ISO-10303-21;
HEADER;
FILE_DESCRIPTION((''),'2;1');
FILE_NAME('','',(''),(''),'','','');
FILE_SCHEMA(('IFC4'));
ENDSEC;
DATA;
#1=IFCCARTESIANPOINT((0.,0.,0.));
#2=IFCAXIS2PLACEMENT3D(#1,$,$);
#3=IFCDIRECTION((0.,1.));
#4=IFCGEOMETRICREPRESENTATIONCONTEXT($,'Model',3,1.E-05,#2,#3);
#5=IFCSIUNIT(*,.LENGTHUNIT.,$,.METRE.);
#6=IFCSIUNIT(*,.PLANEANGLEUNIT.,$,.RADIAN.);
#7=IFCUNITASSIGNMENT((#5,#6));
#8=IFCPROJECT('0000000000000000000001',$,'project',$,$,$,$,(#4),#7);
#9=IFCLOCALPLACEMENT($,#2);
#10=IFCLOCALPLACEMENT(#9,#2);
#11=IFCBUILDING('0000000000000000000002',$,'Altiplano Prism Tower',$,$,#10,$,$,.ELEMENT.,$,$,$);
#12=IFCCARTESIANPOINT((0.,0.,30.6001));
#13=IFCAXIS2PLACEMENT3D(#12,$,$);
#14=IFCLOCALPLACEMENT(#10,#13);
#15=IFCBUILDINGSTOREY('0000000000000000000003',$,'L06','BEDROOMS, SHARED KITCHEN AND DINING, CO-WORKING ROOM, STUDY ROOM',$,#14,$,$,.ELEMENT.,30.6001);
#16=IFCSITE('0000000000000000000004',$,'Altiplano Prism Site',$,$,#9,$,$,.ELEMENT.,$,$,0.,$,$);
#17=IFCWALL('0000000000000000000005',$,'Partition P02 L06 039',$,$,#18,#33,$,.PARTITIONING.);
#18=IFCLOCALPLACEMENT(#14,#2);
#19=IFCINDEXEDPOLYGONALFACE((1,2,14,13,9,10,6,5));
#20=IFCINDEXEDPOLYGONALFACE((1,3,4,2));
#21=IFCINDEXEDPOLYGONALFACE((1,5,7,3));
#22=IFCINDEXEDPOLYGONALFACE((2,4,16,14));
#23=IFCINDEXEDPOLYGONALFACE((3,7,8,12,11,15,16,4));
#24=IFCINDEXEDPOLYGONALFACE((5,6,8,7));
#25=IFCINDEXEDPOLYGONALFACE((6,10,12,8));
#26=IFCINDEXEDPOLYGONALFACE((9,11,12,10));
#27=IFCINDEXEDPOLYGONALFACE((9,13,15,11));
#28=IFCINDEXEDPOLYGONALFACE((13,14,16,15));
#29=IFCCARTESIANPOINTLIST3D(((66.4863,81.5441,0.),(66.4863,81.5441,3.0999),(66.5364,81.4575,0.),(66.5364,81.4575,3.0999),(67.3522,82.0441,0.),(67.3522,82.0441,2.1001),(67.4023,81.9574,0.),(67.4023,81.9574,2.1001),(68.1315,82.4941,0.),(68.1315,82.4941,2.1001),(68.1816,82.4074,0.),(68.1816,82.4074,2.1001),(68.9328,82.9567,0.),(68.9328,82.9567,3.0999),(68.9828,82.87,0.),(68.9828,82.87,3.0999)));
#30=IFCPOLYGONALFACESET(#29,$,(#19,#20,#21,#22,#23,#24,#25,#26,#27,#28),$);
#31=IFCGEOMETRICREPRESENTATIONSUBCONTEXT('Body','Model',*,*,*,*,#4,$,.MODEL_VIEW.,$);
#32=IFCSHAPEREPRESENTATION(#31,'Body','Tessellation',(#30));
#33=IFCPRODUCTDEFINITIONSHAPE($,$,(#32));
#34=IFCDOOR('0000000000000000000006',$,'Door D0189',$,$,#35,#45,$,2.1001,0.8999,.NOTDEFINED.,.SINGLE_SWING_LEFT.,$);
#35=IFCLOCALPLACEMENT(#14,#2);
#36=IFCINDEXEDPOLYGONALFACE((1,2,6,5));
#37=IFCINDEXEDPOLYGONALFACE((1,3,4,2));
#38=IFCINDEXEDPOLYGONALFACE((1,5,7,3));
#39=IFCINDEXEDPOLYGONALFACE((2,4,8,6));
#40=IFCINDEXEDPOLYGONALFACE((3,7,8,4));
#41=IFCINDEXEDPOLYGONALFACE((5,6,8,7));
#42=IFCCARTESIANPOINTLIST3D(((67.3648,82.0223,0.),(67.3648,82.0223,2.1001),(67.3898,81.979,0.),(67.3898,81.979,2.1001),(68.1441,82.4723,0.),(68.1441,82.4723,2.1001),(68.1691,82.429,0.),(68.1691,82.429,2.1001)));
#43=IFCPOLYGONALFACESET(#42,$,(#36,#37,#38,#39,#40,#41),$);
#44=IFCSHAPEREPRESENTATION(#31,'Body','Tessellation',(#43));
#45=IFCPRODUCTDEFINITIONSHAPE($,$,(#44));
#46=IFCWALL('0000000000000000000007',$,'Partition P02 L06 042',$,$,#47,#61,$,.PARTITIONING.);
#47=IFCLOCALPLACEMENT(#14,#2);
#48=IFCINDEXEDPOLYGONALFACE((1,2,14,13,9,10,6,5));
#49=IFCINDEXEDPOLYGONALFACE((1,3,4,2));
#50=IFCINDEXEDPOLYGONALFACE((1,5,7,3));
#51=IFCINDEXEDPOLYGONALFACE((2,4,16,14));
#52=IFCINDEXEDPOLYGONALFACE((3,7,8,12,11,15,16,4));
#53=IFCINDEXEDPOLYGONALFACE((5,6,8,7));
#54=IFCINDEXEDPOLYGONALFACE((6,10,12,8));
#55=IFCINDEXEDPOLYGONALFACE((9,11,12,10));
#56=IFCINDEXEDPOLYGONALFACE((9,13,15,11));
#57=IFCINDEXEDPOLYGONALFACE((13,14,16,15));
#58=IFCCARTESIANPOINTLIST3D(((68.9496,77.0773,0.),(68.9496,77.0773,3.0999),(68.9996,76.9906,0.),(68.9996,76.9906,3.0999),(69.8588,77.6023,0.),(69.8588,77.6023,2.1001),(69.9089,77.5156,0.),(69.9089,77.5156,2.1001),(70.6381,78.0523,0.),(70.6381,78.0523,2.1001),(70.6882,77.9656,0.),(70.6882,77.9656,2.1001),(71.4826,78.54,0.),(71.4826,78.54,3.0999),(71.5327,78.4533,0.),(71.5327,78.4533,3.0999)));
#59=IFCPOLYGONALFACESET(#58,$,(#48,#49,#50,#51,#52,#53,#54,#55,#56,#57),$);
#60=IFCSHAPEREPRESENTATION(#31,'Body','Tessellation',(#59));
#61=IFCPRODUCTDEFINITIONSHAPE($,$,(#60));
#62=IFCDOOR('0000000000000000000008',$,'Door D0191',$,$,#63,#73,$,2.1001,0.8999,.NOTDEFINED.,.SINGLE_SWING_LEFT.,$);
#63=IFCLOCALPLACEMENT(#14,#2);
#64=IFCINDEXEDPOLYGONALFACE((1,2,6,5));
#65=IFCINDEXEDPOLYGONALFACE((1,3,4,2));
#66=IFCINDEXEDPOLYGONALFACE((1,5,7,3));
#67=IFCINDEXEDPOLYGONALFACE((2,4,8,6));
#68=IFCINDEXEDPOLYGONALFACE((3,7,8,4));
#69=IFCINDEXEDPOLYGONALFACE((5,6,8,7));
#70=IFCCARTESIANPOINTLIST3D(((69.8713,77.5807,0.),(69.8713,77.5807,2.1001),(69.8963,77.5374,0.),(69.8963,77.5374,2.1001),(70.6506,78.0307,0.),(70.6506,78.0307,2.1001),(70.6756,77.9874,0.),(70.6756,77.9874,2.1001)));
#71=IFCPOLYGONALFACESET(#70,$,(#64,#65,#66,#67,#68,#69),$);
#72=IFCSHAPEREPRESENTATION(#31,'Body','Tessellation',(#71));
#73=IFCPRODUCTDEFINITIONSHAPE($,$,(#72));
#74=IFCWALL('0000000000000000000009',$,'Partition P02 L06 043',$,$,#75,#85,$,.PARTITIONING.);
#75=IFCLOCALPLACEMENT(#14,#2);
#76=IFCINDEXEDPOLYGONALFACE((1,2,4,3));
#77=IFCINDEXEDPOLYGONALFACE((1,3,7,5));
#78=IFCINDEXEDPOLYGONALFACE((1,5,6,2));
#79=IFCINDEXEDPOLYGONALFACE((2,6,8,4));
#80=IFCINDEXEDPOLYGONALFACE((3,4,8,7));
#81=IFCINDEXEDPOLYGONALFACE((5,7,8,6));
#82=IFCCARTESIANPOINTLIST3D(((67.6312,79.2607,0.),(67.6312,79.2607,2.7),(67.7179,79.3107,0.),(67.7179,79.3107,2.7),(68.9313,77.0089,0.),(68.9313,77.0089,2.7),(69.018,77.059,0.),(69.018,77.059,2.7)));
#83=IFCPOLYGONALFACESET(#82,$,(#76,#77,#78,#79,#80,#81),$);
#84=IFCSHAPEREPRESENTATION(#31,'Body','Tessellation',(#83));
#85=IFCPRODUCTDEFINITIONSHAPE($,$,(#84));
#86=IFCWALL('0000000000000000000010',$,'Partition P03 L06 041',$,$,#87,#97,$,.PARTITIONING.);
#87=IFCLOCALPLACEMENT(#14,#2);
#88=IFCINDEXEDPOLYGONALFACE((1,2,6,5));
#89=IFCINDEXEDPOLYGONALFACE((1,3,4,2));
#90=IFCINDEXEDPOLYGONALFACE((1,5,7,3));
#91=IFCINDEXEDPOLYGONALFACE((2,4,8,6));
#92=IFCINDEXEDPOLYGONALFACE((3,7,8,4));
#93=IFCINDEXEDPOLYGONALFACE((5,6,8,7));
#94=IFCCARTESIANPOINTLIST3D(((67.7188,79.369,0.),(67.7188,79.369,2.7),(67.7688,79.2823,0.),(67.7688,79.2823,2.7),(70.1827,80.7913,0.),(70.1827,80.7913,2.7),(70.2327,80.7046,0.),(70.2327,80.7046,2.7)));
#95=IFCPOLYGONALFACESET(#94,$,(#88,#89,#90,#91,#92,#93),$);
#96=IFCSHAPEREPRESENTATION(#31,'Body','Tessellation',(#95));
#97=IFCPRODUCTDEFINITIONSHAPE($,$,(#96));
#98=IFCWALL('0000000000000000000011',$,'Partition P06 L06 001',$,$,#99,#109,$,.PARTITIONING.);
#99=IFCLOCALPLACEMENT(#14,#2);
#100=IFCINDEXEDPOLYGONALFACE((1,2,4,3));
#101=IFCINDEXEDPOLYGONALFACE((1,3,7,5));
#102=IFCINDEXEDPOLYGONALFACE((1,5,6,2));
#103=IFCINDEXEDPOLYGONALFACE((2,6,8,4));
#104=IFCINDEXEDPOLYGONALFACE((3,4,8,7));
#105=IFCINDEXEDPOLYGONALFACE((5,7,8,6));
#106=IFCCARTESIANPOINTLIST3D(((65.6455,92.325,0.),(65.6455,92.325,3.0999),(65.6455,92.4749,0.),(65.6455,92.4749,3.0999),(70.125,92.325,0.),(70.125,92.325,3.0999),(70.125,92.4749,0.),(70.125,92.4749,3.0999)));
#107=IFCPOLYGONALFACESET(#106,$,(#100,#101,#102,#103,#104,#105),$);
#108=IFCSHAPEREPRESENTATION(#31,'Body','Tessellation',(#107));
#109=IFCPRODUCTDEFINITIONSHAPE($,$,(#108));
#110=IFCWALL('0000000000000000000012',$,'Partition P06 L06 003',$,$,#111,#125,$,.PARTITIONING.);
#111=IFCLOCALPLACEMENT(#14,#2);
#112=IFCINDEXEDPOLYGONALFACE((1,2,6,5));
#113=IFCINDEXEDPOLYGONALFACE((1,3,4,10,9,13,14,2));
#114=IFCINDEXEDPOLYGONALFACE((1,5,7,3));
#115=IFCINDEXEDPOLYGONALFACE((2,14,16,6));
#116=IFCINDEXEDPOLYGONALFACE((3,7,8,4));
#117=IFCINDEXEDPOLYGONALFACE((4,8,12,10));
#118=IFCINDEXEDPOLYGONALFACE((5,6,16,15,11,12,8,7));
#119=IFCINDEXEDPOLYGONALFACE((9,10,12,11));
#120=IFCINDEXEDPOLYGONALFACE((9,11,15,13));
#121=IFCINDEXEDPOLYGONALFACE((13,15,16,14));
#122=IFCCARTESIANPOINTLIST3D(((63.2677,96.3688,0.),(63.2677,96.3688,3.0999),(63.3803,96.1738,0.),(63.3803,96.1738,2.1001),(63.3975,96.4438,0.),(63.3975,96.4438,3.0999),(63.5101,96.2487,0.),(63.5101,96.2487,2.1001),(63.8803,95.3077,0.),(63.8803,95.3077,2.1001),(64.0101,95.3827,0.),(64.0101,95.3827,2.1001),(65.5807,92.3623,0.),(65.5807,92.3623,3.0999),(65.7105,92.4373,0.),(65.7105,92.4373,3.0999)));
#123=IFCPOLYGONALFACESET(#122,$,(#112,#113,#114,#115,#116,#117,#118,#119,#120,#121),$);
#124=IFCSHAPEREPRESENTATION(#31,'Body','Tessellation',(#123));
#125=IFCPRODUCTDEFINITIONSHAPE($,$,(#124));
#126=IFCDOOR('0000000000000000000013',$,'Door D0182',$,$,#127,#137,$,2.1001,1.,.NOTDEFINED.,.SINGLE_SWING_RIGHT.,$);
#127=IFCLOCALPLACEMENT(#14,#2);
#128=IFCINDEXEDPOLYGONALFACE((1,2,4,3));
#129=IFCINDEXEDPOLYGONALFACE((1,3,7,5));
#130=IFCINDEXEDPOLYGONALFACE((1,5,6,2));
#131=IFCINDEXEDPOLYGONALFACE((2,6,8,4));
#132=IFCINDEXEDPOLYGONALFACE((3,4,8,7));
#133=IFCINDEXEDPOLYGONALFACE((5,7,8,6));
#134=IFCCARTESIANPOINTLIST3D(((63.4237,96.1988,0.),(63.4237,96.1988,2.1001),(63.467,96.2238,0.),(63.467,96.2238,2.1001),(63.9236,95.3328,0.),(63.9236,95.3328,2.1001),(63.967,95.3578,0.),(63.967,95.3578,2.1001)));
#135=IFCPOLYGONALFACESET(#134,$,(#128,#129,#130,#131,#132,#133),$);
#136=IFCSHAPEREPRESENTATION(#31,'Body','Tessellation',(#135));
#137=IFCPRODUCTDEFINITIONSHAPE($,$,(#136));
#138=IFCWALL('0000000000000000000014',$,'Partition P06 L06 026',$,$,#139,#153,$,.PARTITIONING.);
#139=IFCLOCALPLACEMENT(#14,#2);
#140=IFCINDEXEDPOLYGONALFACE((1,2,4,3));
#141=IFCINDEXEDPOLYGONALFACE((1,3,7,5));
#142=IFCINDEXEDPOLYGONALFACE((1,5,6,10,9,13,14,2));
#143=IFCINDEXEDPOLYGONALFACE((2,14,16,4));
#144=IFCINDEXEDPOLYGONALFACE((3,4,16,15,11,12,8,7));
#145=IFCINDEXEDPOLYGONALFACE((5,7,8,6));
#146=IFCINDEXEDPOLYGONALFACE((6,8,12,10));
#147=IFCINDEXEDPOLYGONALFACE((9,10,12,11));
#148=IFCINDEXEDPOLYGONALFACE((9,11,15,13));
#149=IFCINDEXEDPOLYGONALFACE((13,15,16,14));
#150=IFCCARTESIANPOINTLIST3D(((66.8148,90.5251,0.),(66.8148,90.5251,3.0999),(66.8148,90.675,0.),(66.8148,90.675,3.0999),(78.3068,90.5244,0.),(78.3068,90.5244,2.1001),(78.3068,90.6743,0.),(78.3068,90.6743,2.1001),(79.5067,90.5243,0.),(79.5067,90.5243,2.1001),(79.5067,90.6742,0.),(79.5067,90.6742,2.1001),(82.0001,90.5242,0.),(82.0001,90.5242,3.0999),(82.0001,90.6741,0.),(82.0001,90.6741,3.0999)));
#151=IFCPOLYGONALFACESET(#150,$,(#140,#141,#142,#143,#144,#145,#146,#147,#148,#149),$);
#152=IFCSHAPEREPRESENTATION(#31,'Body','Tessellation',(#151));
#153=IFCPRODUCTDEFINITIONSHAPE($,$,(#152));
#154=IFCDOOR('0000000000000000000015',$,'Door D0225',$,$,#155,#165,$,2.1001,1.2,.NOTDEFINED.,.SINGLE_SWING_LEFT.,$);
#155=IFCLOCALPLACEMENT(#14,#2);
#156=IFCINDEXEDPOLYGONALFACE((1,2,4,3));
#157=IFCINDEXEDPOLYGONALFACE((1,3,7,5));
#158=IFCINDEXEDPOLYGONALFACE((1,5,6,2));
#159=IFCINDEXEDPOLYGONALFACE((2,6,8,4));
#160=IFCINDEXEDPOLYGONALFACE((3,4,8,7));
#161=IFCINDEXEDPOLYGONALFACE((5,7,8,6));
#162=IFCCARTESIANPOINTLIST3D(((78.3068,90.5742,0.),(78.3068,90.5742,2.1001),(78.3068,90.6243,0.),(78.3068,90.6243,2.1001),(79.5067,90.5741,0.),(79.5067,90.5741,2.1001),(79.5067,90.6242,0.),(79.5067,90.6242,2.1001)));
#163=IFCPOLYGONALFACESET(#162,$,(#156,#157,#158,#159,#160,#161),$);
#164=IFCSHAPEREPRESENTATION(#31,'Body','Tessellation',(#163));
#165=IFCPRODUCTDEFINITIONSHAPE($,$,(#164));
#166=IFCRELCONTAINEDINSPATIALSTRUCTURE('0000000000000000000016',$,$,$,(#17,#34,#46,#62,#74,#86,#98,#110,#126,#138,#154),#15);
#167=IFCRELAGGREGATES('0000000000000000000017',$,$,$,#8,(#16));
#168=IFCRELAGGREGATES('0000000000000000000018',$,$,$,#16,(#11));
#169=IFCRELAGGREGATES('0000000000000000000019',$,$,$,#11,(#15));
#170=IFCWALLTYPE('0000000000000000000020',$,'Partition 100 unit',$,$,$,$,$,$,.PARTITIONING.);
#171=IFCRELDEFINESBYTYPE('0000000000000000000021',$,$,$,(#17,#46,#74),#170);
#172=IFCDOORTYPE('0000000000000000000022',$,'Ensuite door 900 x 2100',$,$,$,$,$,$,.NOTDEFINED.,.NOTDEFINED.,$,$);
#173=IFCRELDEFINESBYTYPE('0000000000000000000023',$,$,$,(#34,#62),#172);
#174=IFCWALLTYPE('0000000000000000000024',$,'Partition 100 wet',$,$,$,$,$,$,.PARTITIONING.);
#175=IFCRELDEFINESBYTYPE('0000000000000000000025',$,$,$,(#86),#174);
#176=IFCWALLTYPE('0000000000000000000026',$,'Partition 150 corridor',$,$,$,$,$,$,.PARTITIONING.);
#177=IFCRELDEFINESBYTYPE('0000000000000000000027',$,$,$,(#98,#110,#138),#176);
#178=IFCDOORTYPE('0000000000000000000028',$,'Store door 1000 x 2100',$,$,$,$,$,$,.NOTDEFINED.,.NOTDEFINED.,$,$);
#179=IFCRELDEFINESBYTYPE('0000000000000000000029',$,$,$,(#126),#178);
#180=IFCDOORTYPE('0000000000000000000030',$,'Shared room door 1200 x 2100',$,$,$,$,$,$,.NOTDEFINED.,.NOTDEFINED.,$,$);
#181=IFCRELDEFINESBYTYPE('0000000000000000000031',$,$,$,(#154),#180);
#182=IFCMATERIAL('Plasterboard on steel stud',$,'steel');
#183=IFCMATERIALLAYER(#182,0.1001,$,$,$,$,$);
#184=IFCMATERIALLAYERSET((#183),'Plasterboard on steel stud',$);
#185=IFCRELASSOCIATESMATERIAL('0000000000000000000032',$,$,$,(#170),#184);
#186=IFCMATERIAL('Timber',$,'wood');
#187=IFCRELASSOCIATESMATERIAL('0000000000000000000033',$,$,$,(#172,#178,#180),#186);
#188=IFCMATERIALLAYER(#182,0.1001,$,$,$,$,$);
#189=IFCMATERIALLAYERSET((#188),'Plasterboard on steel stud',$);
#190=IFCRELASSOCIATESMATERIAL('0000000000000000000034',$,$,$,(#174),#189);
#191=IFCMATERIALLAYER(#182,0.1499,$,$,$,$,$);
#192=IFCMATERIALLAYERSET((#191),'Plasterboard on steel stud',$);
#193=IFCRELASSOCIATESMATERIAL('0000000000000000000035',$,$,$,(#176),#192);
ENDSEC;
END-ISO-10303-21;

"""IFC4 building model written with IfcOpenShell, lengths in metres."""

from ifc_helpers import new_model, si_unit, direction, frame, frame_2d, origin, place, context, subcontext, project, spatial, rectangle, extrude, material, layer, layer_set, type_object, element, fill, save


model = new_model("IFC4")

# Units and contexts
model_context = context("Model", 3, precision=1e-05, world=origin(), true_north=direction((0.0, 1.0)))
body_context = subcontext(model_context, "Body", "Model", "MODEL_VIEW")
ifc_project = project(units=[si_unit("LENGTHUNIT", "METRE"), si_unit("PLANEANGLEUNIT", "RADIAN")], contexts=[model_context])

# Site, building, storey
site_placement = place(None, origin())
site = spatial("IfcSite", under=ifc_project, at=site_placement, Name="Altiplano Prism Site", CompositionType="ELEMENT", RefElevation=0.0)
building_placement = place(site_placement, origin())
building = spatial("IfcBuilding", under=site, at=building_placement, Name="Altiplano Prism Tower", CompositionType="ELEMENT")
storey_placement = place(building_placement, frame((0.0, 0.0, 30.6001)))
storey = spatial("IfcBuildingStorey", under=building, at=storey_placement, Name="L06", Description="BEDROOMS, SHARED KITCHEN AND DINING, CO-WORKING ROOM, STUDY ROOM", CompositionType="ELEMENT", Elevation=30.6001)

# Shared definitions
ifc_material_1 = material(Name="Plasterboard on steel stud", Category="steel")
ifc_layer_1 = layer(ifc_material_1, 0.1001)
ifc_layer_set_1 = layer_set([ifc_layer_1], Name="Plasterboard on steel stud")
wall_type_1 = type_object("IfcWallType", Name="Partition 100 unit", PredefinedType="PARTITIONING", material=ifc_layer_set_1)

# Walls, openings, doors
wall_1_placement = place(storey_placement, frame((66.5112, 81.5007, 0.0), z_axis=(0.0, 0.0, 1.0), x_axis=(0.866011, 0.500024, 0.0)))
wall_1 = element("IfcWall", 1, at=wall_1_placement, inside=storey, type_object=wall_type_1, Name="Partition P02 L06 039", PredefinedType="PARTITIONING", context=body_context, shape_type="SweptSolid", body=[
    extrude(rectangle(XDim=2.825, YDim=0.1001, at=frame_2d((1.4126, 0.0))), origin(), (0.0, 0.0, 1.0), 3.0999),
])
opening_1_placement = place(wall_1_placement, frame((1.0, 0.0, 0.0)))
opening_1 = element("IfcOpeningElement", 2, at=opening_1_placement, cuts=wall_1, PredefinedType="OPENING", context=body_context, shape_type="SweptSolid", body=[
    extrude(rectangle(XDim=0.8999, YDim=2.1001, at=frame_2d((0.45, 1.05))), frame((0.0, 0.0605, 0.0), z_axis=(0.0, -1.0, 0.0), x_axis=(1.0, 0.0, 0.0)), (0.0, 0.0, 1.0), 0.1211),
])
ifc_material_2 = material(Name="Timber", Category="wood")
door_type_1 = type_object("IfcDoorType", Name="Ensuite door 900 x 2100", OperationType="NOTDEFINED", PredefinedType="NOTDEFINED", material=ifc_material_2)
door_1_placement = place(opening_1_placement, origin())
door_1 = element("IfcDoor", 3, at=door_1_placement, inside=storey, type_object=door_type_1, Name="Door D0189", OperationType="SINGLE_SWING_LEFT", OverallHeight=2.1001, OverallWidth=0.8999, PredefinedType="NOTDEFINED", context=body_context, shape_type="SweptSolid", body=[
    extrude(rectangle(XDim=0.8999, YDim=2.1001, at=frame_2d((0.45, 1.05))), frame((0.0, 0.0249, 0.0), z_axis=(0.0, -1.0, 0.0), x_axis=(1.0, 0.0, 0.0)), (0.0, 0.0, 1.0), 0.05),
])
fill(opening_1, door_1)
wall_2_placement = place(storey_placement, frame((71.5076, 78.4966, 0.0), z_axis=(0.0, 0.0, 1.0), x_axis=(-0.86599, -0.500062, 0.0)))
wall_2 = element("IfcWall", 4, at=wall_2_placement, inside=storey, type_object=wall_type_1, Name="Partition P02 L06 042", PredefinedType="PARTITIONING", context=body_context, shape_type="SweptSolid", body=[
    extrude(rectangle(XDim=2.925, YDim=0.1001, at=frame_2d((1.4624, 0.0))), origin(), (0.0, 0.0, 1.0), 3.0999),
])
opening_2_placement = place(wall_2_placement, frame((0.9751, 0.0, 0.0)))
opening_2 = element("IfcOpeningElement", 5, at=opening_2_placement, cuts=wall_2, PredefinedType="OPENING", context=body_context, shape_type="SweptSolid", body=[
    extrude(rectangle(XDim=0.8999, YDim=2.1001, at=frame_2d((0.45, 1.05))), frame((0.0, 0.0605, 0.0), z_axis=(0.0, -1.0, 0.0), x_axis=(1.0, 0.0, 0.0)), (0.0, 0.0, 1.0), 0.1211),
])
door_2_placement = place(opening_2_placement, origin())
door_2 = element("IfcDoor", 6, at=door_2_placement, inside=storey, type_object=door_type_1, Name="Door D0191", OperationType="SINGLE_SWING_LEFT", OverallHeight=2.1001, OverallWidth=0.8999, PredefinedType="NOTDEFINED", context=body_context, shape_type="SweptSolid", body=[
    extrude(rectangle(XDim=0.8999, YDim=2.1001, at=frame_2d((0.45, 1.05))), frame((0.0, 0.0249, 0.0), z_axis=(0.0, -1.0, 0.0), x_axis=(1.0, 0.0, 0.0)), (0.0, 0.0, 1.0), 0.05),
])
fill(opening_2, door_2)

# Walls
wall_3_placement = place(storey_placement, frame((68.9746, 77.0339, 0.0), z_axis=(0.0, 0.0, 1.0), x_axis=(-0.500007, 0.866021, 0.0)))
element("IfcWall", 7, at=wall_3_placement, inside=storey, type_object=wall_type_1, Name="Partition P02 L06 043", PredefinedType="PARTITIONING", context=body_context, shape_type="SweptSolid", body=[
    extrude(rectangle(XDim=2.6001, YDim=0.1001, at=frame_2d((1.3, 0.0))), origin(), (0.0, 0.0, 1.0), 2.7),
])
ifc_layer_2 = layer(ifc_material_1, 0.1001)
ifc_layer_set_2 = layer_set([ifc_layer_2], Name="Plasterboard on steel stud")
wall_type_2 = type_object("IfcWallType", Name="Partition 100 wet", PredefinedType="PARTITIONING", material=ifc_layer_set_2)
wall_4_placement = place(storey_placement, frame((67.7439, 79.3257, 0.0), z_axis=(0.0, 0.0, 1.0), x_axis=(0.866048, 0.49996, 0.0)))
element("IfcWall", 8, at=wall_4_placement, inside=storey, type_object=wall_type_2, Name="Partition P03 L06 041", PredefinedType="PARTITIONING", context=body_context, shape_type="SweptSolid", body=[
    extrude(rectangle(XDim=2.845, YDim=0.1001, at=frame_2d((1.4224, 0.0))), origin(), (0.0, 0.0, 1.0), 2.7),
])
ifc_layer_3 = layer(ifc_material_1, 0.1499)
ifc_layer_set_3 = layer_set([ifc_layer_3], Name="Plasterboard on steel stud")
wall_type_3 = type_object("IfcWallType", Name="Partition 150 corridor", PredefinedType="PARTITIONING", material=ifc_layer_set_3)
wall_5_placement = place(storey_placement, frame((70.125, 92.3999, 0.0), z_axis=(0.0, 0.0, 1.0), x_axis=(-1.0, 0.0, 0.0)))
element("IfcWall", 9, at=wall_5_placement, inside=storey, type_object=wall_type_3, Name="Partition P06 L06 001", PredefinedType="PARTITIONING", context=body_context, shape_type="SweptSolid", body=[
    extrude(rectangle(XDim=4.4795, YDim=0.1499, at=frame_2d((2.2397, 0.0))), origin(), (0.0, 0.0, 1.0), 3.0999),
])

# Walls, openings, doors
wall_6_placement = place(storey_placement, frame((65.6455, 92.3999, 0.0), z_axis=(0.0, 0.0, 1.0), x_axis=(-0.499965, 0.866046, 0.0)))
wall_6 = element("IfcWall", 10, at=wall_6_placement, inside=storey, type_object=wall_type_3, Name="Partition P06 L06 003", PredefinedType="PARTITIONING", context=body_context, shape_type="SweptSolid", body=[
    extrude(rectangle(XDim=4.6262, YDim=0.1499, at=frame_2d((2.313, 0.0))), origin(), (0.0, 0.0, 1.0), 3.0999),
])
opening_3_placement = place(wall_6_placement, frame((3.4009, 0.0, 0.0)))
opening_3 = element("IfcOpeningElement", 11, at=opening_3_placement, cuts=wall_6, PredefinedType="OPENING", context=body_context, shape_type="SweptSolid", body=[
    extrude(rectangle(XDim=1.0, YDim=2.1001, at=frame_2d((0.5, 1.05))), frame((0.0, 0.0854, 0.0), z_axis=(0.0, -1.0, 0.0), x_axis=(1.0, 0.0, 0.0)), (0.0, 0.0, 1.0), 0.1709),
])
door_type_2 = type_object("IfcDoorType", Name="Store door 1000 x 2100", OperationType="NOTDEFINED", PredefinedType="NOTDEFINED", material=ifc_material_2)
door_3_placement = place(opening_3_placement, origin())
door_3 = element("IfcDoor", 12, at=door_3_placement, inside=storey, type_object=door_type_2, Name="Door D0182", OperationType="SINGLE_SWING_RIGHT", OverallHeight=2.1001, OverallWidth=1.0, PredefinedType="NOTDEFINED", context=body_context, shape_type="SweptSolid", body=[
    extrude(rectangle(XDim=1.0, YDim=2.1001, at=frame_2d((0.5, 1.05))), frame((0.0, 0.0249, 0.0), z_axis=(0.0, -1.0, 0.0), x_axis=(1.0, 0.0, 0.0)), (0.0, 0.0, 1.0), 0.05),
])
fill(opening_3, door_3)
wall_7_placement = place(storey_placement, frame((66.8147, 90.6001, 0.0), z_axis=(0.0, 0.0, 1.0), x_axis=(1.0, -0.000064, 0.0)))
wall_7 = element("IfcWall", 13, at=wall_7_placement, inside=storey, type_object=wall_type_3, Name="Partition P06 L06 026", PredefinedType="PARTITIONING", context=body_context, shape_type="SweptSolid", body=[
    extrude(rectangle(XDim=15.1853, YDim=0.1499, at=frame_2d((7.5928, 0.0))), origin(), (0.0, 0.0, 1.0), 3.0999),
])
opening_4_placement = place(wall_7_placement, frame((11.4919, 0.0, 0.0)))
opening_4 = element("IfcOpeningElement", 14, at=opening_4_placement, cuts=wall_7, PredefinedType="OPENING", context=body_context, shape_type="SweptSolid", body=[
    extrude(rectangle(XDim=1.2, YDim=2.1001, at=frame_2d((0.6001, 1.05))), frame((0.0, 0.0854, 0.0), z_axis=(0.0, -1.0, 0.0), x_axis=(1.0, 0.0, 0.0)), (0.0, 0.0, 1.0), 0.1709),
])
door_type_3 = type_object("IfcDoorType", Name="Shared room door 1200 x 2100", OperationType="NOTDEFINED", PredefinedType="NOTDEFINED", material=ifc_material_2)
door_4_placement = place(opening_4_placement, origin())
door_4 = element("IfcDoor", 15, at=door_4_placement, inside=storey, type_object=door_type_3, Name="Door D0225", OperationType="SINGLE_SWING_LEFT", OverallHeight=2.1001, OverallWidth=1.2, PredefinedType="NOTDEFINED", context=body_context, shape_type="SweptSolid", body=[
    extrude(rectangle(XDim=1.2, YDim=2.1001, at=frame_2d((0.6001, 1.05))), frame((0.0, 0.0249, 0.0), z_axis=(0.0, -1.0, 0.0), x_axis=(1.0, 0.0, 0.0)), (0.0, 0.0, 1.0), 0.05),
])
fill(opening_4, door_4)

save(model, "model.ifc")
